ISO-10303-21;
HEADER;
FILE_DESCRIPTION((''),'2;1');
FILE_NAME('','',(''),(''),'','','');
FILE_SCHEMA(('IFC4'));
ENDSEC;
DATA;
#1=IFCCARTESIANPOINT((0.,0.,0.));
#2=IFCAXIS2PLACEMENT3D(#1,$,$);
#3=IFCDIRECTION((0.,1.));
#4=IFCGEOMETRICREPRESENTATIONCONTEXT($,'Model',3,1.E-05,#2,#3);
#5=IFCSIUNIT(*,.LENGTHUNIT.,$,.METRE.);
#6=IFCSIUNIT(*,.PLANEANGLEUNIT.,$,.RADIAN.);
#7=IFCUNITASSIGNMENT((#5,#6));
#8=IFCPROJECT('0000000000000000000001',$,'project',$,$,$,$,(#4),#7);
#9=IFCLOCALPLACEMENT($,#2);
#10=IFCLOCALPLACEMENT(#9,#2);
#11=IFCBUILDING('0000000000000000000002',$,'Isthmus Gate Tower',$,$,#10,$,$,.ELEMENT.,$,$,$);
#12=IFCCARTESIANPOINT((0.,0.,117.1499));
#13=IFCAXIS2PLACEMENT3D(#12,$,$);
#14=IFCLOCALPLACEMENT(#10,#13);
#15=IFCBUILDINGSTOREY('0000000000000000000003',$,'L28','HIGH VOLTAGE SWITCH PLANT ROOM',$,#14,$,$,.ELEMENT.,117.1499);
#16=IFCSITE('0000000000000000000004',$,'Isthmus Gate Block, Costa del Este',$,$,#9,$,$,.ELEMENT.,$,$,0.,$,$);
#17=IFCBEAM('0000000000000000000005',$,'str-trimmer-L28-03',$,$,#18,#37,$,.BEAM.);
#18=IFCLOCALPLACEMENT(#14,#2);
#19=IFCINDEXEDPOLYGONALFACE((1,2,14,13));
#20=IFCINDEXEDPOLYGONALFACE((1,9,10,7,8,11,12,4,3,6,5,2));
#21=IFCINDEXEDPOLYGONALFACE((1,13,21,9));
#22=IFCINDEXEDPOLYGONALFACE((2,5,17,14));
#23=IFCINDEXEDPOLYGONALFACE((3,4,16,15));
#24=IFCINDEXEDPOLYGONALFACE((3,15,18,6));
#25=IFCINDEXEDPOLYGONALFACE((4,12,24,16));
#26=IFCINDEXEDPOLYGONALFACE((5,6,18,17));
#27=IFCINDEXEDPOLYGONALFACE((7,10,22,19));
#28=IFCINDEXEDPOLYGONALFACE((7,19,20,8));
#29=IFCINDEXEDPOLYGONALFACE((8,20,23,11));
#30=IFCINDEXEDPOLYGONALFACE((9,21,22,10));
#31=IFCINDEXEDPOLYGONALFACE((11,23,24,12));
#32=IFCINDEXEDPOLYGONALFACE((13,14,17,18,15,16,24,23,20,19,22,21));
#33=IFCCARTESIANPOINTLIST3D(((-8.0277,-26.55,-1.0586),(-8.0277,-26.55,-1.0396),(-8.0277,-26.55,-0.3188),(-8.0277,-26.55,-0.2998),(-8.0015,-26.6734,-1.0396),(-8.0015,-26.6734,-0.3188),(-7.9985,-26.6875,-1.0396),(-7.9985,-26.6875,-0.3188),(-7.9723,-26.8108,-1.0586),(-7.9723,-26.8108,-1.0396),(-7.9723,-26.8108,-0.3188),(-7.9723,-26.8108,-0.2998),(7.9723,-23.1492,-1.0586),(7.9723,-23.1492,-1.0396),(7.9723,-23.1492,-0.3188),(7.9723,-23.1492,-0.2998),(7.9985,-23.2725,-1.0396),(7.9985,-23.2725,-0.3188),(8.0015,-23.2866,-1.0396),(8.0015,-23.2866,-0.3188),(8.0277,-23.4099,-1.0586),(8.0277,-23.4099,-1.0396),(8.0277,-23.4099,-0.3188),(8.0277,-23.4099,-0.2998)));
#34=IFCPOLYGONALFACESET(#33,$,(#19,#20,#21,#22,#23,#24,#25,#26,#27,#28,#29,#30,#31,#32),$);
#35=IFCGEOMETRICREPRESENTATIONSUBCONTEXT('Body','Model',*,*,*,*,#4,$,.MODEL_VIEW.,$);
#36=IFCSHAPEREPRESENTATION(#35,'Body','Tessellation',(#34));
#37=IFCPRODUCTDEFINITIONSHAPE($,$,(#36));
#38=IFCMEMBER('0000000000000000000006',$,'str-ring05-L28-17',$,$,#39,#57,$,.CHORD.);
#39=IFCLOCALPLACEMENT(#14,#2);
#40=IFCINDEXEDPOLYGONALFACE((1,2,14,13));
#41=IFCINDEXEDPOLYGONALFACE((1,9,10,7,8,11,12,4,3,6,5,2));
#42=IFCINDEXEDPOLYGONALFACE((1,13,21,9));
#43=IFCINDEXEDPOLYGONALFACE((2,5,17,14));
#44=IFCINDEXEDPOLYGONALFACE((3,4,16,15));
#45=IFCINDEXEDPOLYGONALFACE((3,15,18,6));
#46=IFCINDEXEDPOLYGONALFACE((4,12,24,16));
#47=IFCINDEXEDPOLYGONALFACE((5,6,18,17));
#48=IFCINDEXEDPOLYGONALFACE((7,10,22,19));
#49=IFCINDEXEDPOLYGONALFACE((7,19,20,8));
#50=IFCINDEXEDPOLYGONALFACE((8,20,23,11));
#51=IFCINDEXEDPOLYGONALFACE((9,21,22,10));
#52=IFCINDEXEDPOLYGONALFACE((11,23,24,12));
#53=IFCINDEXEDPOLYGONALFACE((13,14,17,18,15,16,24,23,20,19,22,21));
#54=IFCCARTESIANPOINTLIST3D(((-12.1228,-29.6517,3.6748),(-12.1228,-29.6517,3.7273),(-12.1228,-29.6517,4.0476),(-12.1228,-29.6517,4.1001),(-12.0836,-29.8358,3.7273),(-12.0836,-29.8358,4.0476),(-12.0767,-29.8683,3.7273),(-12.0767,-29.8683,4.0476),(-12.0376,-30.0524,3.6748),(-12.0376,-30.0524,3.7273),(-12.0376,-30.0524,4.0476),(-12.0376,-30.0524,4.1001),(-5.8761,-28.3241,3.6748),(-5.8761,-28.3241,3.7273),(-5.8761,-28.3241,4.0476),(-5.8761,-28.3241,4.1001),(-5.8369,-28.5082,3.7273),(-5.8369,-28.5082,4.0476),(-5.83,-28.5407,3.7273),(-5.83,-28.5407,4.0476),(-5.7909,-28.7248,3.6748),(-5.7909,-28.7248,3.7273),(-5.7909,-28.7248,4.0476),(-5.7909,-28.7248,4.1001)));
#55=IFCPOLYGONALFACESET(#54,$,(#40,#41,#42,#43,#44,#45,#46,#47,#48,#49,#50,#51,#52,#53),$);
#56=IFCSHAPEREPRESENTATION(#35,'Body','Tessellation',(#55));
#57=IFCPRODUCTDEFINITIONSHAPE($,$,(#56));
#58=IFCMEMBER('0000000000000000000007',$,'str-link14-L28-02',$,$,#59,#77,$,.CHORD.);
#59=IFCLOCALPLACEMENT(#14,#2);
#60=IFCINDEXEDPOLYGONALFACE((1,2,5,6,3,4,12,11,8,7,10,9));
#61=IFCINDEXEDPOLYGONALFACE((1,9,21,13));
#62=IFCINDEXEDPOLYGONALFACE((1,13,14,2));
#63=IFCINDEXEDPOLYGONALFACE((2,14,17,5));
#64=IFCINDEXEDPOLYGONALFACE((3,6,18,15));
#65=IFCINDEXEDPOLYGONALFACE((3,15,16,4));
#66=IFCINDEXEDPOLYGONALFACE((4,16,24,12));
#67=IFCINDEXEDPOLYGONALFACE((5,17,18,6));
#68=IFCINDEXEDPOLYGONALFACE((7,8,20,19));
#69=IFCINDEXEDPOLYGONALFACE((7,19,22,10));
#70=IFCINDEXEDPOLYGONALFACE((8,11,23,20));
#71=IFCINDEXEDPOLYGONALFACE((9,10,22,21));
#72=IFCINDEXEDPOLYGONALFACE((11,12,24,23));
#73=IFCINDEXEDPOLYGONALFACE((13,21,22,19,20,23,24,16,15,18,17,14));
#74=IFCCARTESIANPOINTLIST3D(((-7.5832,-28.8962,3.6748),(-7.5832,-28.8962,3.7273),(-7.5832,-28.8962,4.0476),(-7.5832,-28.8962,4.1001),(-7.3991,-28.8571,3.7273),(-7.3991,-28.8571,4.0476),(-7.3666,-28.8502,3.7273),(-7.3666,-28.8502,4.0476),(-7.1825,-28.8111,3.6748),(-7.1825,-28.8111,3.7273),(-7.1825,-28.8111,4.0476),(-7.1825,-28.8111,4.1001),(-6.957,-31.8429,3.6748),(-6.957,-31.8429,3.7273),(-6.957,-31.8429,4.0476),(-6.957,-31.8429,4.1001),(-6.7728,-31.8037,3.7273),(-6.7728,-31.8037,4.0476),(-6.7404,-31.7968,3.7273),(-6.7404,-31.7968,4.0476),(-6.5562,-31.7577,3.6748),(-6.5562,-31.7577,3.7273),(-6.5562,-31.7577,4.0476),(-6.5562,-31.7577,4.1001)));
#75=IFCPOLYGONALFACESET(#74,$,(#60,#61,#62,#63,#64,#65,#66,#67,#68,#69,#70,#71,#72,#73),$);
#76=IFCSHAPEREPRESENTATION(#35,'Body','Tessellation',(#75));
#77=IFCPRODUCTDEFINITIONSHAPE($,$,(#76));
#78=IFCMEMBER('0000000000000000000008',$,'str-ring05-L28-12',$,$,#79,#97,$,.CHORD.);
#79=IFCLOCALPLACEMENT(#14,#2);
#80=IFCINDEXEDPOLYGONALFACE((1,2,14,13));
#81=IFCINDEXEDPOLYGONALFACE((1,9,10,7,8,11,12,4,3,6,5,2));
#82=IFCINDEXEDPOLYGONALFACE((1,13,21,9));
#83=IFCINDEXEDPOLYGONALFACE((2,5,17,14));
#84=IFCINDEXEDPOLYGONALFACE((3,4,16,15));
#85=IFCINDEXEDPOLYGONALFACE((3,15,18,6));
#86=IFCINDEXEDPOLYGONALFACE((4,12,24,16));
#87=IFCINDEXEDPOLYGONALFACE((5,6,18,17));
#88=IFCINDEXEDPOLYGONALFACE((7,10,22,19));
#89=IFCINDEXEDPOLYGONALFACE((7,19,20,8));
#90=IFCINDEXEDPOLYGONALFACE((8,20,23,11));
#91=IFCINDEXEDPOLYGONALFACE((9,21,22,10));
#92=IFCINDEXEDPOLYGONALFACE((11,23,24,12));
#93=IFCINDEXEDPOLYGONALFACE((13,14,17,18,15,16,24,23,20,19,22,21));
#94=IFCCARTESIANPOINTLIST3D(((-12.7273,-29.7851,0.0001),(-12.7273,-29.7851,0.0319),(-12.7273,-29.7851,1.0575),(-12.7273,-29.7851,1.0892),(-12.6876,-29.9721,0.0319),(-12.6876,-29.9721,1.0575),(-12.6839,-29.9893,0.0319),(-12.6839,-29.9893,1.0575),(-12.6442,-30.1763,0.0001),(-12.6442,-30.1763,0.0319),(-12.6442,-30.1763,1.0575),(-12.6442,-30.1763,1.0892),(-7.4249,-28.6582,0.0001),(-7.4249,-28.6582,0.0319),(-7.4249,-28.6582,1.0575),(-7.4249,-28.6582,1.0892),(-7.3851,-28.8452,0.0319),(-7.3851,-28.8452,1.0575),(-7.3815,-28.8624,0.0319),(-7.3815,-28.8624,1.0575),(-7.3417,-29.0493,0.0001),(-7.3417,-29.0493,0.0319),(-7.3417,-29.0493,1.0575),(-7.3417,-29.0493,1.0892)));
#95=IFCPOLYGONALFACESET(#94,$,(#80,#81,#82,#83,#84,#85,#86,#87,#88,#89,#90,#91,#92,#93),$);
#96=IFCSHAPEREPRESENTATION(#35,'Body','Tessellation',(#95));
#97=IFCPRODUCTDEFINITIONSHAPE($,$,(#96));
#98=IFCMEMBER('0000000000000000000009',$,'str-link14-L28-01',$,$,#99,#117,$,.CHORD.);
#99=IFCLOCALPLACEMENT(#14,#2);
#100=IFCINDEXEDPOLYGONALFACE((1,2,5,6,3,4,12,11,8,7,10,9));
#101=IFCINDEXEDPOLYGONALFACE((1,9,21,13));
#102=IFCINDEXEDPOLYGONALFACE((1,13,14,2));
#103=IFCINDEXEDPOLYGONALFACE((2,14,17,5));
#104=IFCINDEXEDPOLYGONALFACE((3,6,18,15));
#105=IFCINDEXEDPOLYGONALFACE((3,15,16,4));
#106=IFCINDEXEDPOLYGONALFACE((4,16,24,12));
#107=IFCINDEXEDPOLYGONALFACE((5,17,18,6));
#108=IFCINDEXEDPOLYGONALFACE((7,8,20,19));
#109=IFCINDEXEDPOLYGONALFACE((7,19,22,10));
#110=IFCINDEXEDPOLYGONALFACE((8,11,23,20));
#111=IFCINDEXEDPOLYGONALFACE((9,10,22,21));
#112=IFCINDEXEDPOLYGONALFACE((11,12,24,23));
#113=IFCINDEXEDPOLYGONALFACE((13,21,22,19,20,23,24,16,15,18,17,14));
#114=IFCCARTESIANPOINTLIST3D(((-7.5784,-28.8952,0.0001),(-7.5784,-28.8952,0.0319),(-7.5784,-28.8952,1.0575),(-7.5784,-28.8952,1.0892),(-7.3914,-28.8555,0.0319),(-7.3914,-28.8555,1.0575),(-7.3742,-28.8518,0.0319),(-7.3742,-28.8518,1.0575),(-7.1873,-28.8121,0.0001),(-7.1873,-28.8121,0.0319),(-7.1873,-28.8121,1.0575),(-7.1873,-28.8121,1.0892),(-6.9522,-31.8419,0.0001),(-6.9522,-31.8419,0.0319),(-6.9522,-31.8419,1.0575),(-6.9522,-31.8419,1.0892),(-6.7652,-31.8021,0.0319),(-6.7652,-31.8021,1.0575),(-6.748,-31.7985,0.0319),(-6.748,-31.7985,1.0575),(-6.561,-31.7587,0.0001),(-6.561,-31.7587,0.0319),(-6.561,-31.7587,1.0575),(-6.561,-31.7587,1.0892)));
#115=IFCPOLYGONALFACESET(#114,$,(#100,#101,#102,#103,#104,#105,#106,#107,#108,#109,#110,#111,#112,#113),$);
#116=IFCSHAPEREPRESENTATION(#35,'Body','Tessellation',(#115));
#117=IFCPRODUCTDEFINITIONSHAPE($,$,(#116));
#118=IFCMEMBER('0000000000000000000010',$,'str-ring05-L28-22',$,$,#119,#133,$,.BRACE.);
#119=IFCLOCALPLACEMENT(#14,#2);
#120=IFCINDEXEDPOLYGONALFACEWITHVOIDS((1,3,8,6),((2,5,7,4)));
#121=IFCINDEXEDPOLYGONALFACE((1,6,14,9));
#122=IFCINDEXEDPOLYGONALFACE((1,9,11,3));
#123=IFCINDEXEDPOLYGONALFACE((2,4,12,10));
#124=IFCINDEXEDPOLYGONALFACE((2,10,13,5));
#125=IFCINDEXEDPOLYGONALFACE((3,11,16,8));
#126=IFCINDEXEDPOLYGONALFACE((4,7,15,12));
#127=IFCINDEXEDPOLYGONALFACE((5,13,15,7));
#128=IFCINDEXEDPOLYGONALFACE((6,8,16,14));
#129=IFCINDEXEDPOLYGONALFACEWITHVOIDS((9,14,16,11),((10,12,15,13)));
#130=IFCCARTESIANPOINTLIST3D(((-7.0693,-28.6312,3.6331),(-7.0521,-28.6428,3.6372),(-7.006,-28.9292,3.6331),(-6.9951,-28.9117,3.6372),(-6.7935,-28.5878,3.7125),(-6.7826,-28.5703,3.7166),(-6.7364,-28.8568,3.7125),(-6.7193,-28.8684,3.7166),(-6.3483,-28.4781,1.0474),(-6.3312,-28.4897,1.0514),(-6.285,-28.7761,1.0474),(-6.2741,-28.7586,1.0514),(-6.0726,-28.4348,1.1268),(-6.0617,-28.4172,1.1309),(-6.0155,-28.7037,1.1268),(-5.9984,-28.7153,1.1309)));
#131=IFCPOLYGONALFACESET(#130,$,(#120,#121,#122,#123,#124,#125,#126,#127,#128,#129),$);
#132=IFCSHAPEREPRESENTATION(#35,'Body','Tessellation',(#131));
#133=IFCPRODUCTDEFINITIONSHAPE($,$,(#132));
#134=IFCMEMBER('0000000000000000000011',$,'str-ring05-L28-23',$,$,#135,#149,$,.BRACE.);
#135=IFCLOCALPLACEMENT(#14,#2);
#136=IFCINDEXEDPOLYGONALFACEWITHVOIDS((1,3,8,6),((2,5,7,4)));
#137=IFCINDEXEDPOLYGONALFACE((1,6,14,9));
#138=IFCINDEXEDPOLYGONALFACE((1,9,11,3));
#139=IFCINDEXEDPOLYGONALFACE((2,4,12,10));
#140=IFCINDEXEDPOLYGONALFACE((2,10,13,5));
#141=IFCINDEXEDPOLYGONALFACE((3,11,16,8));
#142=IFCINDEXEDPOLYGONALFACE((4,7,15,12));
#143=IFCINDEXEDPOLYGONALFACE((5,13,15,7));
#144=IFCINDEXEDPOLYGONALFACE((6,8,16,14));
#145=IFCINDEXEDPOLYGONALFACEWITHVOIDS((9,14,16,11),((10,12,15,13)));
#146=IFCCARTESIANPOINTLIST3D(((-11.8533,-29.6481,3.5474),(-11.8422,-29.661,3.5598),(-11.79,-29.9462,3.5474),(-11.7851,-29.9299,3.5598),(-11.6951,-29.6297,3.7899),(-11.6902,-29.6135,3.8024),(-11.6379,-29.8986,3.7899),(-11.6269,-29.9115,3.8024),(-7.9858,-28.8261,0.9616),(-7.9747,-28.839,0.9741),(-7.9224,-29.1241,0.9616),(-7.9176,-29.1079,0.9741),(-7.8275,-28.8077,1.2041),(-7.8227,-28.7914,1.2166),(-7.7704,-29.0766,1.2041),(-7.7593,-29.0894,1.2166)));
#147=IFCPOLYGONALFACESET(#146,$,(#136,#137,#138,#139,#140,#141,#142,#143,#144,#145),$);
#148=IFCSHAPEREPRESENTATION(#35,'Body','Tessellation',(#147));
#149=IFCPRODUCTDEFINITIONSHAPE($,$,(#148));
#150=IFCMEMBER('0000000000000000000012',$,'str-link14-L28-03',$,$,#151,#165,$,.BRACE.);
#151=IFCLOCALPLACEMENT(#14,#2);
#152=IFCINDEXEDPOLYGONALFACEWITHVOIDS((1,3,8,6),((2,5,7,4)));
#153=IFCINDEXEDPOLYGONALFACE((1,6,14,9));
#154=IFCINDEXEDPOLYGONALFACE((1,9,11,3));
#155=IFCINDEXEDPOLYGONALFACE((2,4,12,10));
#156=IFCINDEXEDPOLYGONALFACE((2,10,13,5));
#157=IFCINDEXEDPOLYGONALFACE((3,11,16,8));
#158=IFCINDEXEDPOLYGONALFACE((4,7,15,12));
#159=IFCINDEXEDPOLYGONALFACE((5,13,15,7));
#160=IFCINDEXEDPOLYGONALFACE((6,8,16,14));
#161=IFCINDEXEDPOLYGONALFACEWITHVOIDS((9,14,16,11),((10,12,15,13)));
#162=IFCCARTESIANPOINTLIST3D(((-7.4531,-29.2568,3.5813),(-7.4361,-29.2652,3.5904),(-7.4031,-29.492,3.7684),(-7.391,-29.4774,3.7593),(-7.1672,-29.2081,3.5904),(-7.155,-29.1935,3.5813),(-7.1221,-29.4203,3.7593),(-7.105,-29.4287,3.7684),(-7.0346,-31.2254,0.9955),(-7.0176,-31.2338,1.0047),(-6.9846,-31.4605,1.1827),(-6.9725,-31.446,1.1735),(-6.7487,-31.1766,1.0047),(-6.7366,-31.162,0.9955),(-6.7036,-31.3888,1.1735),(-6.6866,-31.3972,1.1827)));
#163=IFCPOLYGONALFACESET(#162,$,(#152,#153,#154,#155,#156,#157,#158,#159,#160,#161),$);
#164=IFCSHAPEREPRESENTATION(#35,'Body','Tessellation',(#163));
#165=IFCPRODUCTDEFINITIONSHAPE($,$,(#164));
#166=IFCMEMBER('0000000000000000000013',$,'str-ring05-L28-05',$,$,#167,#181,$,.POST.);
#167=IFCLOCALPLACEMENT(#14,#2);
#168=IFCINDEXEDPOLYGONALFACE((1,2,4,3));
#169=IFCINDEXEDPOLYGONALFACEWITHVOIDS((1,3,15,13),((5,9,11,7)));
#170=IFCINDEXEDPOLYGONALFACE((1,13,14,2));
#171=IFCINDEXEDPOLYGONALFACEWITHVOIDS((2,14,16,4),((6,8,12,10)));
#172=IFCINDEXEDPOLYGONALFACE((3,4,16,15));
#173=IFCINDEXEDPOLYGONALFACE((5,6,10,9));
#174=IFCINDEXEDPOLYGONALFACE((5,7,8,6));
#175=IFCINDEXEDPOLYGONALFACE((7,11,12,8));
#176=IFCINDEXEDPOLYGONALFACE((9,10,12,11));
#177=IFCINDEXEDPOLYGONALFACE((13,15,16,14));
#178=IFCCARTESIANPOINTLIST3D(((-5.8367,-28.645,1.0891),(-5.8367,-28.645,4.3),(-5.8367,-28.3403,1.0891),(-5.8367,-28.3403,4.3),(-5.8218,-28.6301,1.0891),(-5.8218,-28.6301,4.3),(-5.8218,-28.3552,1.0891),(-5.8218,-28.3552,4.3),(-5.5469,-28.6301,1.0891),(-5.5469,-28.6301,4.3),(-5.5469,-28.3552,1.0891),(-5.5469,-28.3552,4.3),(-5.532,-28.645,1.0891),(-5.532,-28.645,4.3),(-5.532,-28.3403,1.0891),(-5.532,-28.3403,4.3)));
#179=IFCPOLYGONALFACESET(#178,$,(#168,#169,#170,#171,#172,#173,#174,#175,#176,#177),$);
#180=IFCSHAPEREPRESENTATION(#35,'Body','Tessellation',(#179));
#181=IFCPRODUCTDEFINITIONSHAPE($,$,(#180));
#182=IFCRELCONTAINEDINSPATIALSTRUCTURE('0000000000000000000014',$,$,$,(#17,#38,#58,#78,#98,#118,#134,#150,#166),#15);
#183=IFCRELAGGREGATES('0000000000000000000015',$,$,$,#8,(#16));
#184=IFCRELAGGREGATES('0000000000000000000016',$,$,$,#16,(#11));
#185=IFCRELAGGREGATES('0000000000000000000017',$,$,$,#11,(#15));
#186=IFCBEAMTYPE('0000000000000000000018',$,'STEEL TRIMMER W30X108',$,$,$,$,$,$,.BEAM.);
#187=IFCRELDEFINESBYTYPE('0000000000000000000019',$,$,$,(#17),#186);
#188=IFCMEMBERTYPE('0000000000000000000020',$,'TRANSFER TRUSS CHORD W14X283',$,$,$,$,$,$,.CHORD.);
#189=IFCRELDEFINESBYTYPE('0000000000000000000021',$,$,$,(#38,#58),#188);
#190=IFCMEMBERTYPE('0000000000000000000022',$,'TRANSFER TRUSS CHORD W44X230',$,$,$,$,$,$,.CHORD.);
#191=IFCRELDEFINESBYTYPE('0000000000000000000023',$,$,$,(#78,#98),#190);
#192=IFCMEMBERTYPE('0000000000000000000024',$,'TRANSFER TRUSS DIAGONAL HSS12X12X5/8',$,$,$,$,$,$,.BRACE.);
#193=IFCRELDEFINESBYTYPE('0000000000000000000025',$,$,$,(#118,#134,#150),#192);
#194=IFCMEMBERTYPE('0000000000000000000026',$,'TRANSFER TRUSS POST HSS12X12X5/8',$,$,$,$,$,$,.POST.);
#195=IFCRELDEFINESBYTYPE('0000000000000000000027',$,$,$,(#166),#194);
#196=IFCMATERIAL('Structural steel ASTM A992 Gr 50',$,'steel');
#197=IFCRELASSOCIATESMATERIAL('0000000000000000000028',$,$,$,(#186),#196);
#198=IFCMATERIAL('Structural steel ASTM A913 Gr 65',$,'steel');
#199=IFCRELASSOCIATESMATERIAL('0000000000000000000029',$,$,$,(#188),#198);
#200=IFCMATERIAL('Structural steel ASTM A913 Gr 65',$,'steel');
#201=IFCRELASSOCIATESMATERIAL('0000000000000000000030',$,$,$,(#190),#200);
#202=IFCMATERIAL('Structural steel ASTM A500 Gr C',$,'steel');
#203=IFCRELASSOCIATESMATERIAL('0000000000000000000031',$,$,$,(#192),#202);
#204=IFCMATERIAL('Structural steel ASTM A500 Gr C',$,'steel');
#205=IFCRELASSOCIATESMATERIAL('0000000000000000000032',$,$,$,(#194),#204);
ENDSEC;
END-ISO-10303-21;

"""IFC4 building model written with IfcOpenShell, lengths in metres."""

from ifc_helpers import new_model, si_unit, direction, frame, origin, origin_2d, place, context, subcontext, project, spatial, hollow_rectangle, i_section, extrude, material, material_profile, profile_set, type_object, element, save


model = new_model("IFC4")

# Units and contexts
model_context = context("Model", 3, precision=1e-05, world=origin(), true_north=direction((0.0, 1.0)))
body_context = subcontext(model_context, "Body", "Model", "MODEL_VIEW")
ifc_project = project(units=[si_unit("LENGTHUNIT", "METRE"), si_unit("PLANEANGLEUNIT", "RADIAN")], contexts=[model_context])

# Site, building, storey
site_placement = place(None, origin())
site = spatial("IfcSite", under=ifc_project, at=site_placement, Name="Isthmus Gate Block, Costa del Este", CompositionType="ELEMENT", RefElevation=0.0)
building_placement = place(site_placement, origin())
building = spatial("IfcBuilding", under=site, at=building_placement, Name="Isthmus Gate Tower", CompositionType="ELEMENT")
storey_placement = place(building_placement, frame((0.0, 0.0, 117.1499)))
storey = spatial("IfcBuildingStorey", under=building, at=storey_placement, Name="L28", Description="HIGH VOLTAGE SWITCH PLANT ROOM", CompositionType="ELEMENT", Elevation=117.1499)

# Beam
ifc_material_1 = material(Name="Structural steel ASTM A992 Gr 50", Category="steel")
ifc_material_profile_1 = material_profile(ifc_material_1, i_section(OverallWidth=0.2666, OverallDepth=0.7588, WebThickness=0.0144, FlangeThickness=0.019, at=origin_2d()), Name="W30X108")
ifc_profile_set_1 = profile_set([ifc_material_profile_1], Name="Structural steel ASTM A992 Gr 50")
beam_type_1 = type_object("IfcBeamType", Name="STEEL TRIMMER W30X108", PredefinedType="BEAM", material=ifc_profile_set_1)
beam_1_placement = place(storey_placement, frame((-8.0, -26.6804, -0.6792), z_axis=(0.978148, 0.20791, 0.0), x_axis=(-0.20791, 0.978148, 0.0)))
element("IfcBeam", 1, at=beam_1_placement, inside=storey, type_object=beam_type_1, Name="str-trimmer-L28-03", PredefinedType="BEAM", context=body_context, shape_type="SweptSolid", body=[
    extrude(i_section(OverallWidth=0.2666, OverallDepth=0.7588, WebThickness=0.0144, FlangeThickness=0.019, at=origin_2d()), origin(), (0.0, 0.0, 1.0), 16.3574),
])

# Members
ifc_material_2 = material(Name="Structural steel ASTM A913 Gr 65", Category="steel")
ifc_material_profile_2 = material_profile(ifc_material_2, i_section(OverallWidth=0.4097, OverallDepth=0.4253, WebThickness=0.0332, FlangeThickness=0.0525, at=origin_2d()), Name="W14X283")
ifc_profile_set_2 = profile_set([ifc_material_profile_2], Name="Structural steel ASTM A913 Gr 65")
member_type_1 = type_object("IfcMemberType", Name="TRANSFER TRUSS CHORD W14X283", PredefinedType="CHORD", material=ifc_profile_set_2)
member_1_placement = place(storey_placement, frame((-5.8335, -28.5244, 3.8875), z_axis=(-0.978151, -0.207894, 0.0), x_axis=(0.207894, -0.978151, 0.0)))
element("IfcMember", 2, at=member_1_placement, inside=storey, type_object=member_type_1, Name="str-ring05-L28-17", PredefinedType="CHORD", context=body_context, shape_type="SweptSolid", body=[
    extrude(i_section(OverallWidth=0.4097, OverallDepth=0.4253, WebThickness=0.0332, FlangeThickness=0.0525, at=origin_2d()), origin(), (0.0, 0.0, 1.0), 6.3862),
])
member_2_placement = place(storey_placement, frame((-6.7566, -31.8003, 3.8875), z_axis=(-0.207885, 0.978153, 0.0), x_axis=(-0.978153, -0.207885, 0.0)))
element("IfcMember", 3, at=member_2_placement, inside=storey, type_object=member_type_1, Name="str-link14-L28-02", PredefinedType="CHORD", context=body_context, shape_type="SweptSolid", body=[
    extrude(i_section(OverallWidth=0.4097, OverallDepth=0.4253, WebThickness=0.0332, FlangeThickness=0.0525, at=origin_2d()), origin(), (0.0, 0.0, 1.0), 3.0125),
])
ifc_material_3 = material(Name="Structural steel ASTM A913 Gr 65", Category="steel")
ifc_material_profile_3 = material_profile(ifc_material_3, i_section(OverallWidth=0.3999, OverallDepth=1.0891, WebThickness=0.0176, FlangeThickness=0.0317, at=origin_2d()), Name="W44X230")
ifc_profile_set_3 = profile_set([ifc_material_profile_3], Name="Structural steel ASTM A913 Gr 65")
member_type_2 = type_object("IfcMemberType", Name="TRANSFER TRUSS CHORD W44X230", PredefinedType="CHORD", material=ifc_profile_set_3)
member_3_placement = place(storey_placement, frame((-7.3833, -28.8538, 0.5447), z_axis=(-0.978152, -0.207889, 0.0), x_axis=(0.207889, -0.978152, 0.0)))
element("IfcMember", 4, at=member_3_placement, inside=storey, type_object=member_type_2, Name="str-ring05-L28-12", PredefinedType="CHORD", context=body_context, shape_type="SweptSolid", body=[
    extrude(i_section(OverallWidth=0.3999, OverallDepth=1.0891, WebThickness=0.0176, FlangeThickness=0.0317, at=origin_2d()), origin(), (0.0, 0.0, 1.0), 5.4209),
])
member_4_placement = place(storey_placement, frame((-6.7566, -31.8003, 0.5447), z_axis=(-0.207885, 0.978153, 0.0), x_axis=(-0.978153, -0.207885, 0.0)))
element("IfcMember", 5, at=member_4_placement, inside=storey, type_object=member_type_2, Name="str-link14-L28-01", PredefinedType="CHORD", context=body_context, shape_type="SweptSolid", body=[
    extrude(i_section(OverallWidth=0.3999, OverallDepth=1.0891, WebThickness=0.0176, FlangeThickness=0.0317, at=origin_2d()), origin(), (0.0, 0.0, 1.0), 3.0125),
])
ifc_material_4 = material(Name="Structural steel ASTM A500 Gr C", Category="steel")
ifc_material_profile_4 = material_profile(ifc_material_4, hollow_rectangle(XDim=0.3047, YDim=0.3047, WallThickness=0.0149, at=origin_2d()), Name="HSS12X12X5/8")
ifc_profile_set_4 = profile_set([ifc_material_profile_4], Name="Structural steel ASTM A500 Gr C")
member_type_3 = type_object("IfcMemberType", Name="TRANSFER TRUSS DIAGONAL HSS12X12X5/8", PredefinedType="BRACE", material=ifc_profile_set_4)
member_5_placement = place(storey_placement, frame((-6.1733, -28.5967, 1.0891), z_axis=(-0.268142, -0.056934, 0.961696), x_axis=(0.207696, -0.978193, 0.0)))
element("IfcMember", 6, at=member_5_placement, inside=storey, type_object=member_type_3, Name="str-ring05-L28-22", PredefinedType="BRACE", context=body_context, shape_type="SweptSolid", body=[
    extrude(hollow_rectangle(XDim=0.3047, YDim=0.3047, WallThickness=0.0149, at=origin_2d()), origin(), (0.0, 0.0, 1.0), 2.6887),
])
member_6_placement = place(storey_placement, frame((-7.8726, -28.9578, 1.0891), z_axis=(-0.818634, -0.174, 0.547323), x_axis=(0.207905, -0.978149, 0.0)))
element("IfcMember", 7, at=member_6_placement, inside=storey, type_object=member_type_3, Name="str-ring05-L28-23", PredefinedType="BRACE", context=body_context, shape_type="SweptSolid", body=[
    extrude(hollow_rectangle(XDim=0.3047, YDim=0.3047, WallThickness=0.0149, at=origin_2d()), origin(), (0.0, 0.0, 1.0), 4.7244),
])
member_7_placement = place(storey_placement, frame((-6.8606, -31.3113, 1.0891), z_axis=(-0.127712, 0.600782, 0.789146), x_axis=(-0.978144, -0.20793, 0.0)))
element("IfcMember", 8, at=member_7_placement, inside=storey, type_object=member_type_3, Name="str-link14-L28-03", PredefinedType="BRACE", context=body_context, shape_type="SweptSolid", body=[
    extrude(hollow_rectangle(XDim=0.3047, YDim=0.3047, WallThickness=0.0149, at=origin_2d()), origin(), (0.0, 0.0, 1.0), 3.2766),
])
ifc_material_5 = material(Name="Structural steel ASTM A500 Gr C", Category="steel")
ifc_material_profile_5 = material_profile(ifc_material_5, hollow_rectangle(XDim=0.3047, YDim=0.3047, WallThickness=0.0149, at=origin_2d()), Name="HSS12X12X5/8")
ifc_profile_set_5 = profile_set([ifc_material_profile_5], Name="Structural steel ASTM A500 Gr C")
member_type_4 = type_object("IfcMemberType", Name="TRANSFER TRUSS POST HSS12X12X5/8", PredefinedType="POST", material=ifc_profile_set_5)
member_8_placement = place(storey_placement, frame((-5.6843, -28.4927, 1.0891), z_axis=(0.0, 0.0, 1.0), x_axis=(1.0, 0.0, 0.0)))
element("IfcMember", 9, at=member_8_placement, inside=storey, type_object=member_type_4, Name="str-ring05-L28-05", PredefinedType="POST", context=body_context, shape_type="SweptSolid", body=[
    extrude(hollow_rectangle(XDim=0.3047, YDim=0.3047, WallThickness=0.0149, at=origin_2d()), origin(), (0.0, 0.0, 1.0), 3.2109),
])

save(model, "model.ifc")
